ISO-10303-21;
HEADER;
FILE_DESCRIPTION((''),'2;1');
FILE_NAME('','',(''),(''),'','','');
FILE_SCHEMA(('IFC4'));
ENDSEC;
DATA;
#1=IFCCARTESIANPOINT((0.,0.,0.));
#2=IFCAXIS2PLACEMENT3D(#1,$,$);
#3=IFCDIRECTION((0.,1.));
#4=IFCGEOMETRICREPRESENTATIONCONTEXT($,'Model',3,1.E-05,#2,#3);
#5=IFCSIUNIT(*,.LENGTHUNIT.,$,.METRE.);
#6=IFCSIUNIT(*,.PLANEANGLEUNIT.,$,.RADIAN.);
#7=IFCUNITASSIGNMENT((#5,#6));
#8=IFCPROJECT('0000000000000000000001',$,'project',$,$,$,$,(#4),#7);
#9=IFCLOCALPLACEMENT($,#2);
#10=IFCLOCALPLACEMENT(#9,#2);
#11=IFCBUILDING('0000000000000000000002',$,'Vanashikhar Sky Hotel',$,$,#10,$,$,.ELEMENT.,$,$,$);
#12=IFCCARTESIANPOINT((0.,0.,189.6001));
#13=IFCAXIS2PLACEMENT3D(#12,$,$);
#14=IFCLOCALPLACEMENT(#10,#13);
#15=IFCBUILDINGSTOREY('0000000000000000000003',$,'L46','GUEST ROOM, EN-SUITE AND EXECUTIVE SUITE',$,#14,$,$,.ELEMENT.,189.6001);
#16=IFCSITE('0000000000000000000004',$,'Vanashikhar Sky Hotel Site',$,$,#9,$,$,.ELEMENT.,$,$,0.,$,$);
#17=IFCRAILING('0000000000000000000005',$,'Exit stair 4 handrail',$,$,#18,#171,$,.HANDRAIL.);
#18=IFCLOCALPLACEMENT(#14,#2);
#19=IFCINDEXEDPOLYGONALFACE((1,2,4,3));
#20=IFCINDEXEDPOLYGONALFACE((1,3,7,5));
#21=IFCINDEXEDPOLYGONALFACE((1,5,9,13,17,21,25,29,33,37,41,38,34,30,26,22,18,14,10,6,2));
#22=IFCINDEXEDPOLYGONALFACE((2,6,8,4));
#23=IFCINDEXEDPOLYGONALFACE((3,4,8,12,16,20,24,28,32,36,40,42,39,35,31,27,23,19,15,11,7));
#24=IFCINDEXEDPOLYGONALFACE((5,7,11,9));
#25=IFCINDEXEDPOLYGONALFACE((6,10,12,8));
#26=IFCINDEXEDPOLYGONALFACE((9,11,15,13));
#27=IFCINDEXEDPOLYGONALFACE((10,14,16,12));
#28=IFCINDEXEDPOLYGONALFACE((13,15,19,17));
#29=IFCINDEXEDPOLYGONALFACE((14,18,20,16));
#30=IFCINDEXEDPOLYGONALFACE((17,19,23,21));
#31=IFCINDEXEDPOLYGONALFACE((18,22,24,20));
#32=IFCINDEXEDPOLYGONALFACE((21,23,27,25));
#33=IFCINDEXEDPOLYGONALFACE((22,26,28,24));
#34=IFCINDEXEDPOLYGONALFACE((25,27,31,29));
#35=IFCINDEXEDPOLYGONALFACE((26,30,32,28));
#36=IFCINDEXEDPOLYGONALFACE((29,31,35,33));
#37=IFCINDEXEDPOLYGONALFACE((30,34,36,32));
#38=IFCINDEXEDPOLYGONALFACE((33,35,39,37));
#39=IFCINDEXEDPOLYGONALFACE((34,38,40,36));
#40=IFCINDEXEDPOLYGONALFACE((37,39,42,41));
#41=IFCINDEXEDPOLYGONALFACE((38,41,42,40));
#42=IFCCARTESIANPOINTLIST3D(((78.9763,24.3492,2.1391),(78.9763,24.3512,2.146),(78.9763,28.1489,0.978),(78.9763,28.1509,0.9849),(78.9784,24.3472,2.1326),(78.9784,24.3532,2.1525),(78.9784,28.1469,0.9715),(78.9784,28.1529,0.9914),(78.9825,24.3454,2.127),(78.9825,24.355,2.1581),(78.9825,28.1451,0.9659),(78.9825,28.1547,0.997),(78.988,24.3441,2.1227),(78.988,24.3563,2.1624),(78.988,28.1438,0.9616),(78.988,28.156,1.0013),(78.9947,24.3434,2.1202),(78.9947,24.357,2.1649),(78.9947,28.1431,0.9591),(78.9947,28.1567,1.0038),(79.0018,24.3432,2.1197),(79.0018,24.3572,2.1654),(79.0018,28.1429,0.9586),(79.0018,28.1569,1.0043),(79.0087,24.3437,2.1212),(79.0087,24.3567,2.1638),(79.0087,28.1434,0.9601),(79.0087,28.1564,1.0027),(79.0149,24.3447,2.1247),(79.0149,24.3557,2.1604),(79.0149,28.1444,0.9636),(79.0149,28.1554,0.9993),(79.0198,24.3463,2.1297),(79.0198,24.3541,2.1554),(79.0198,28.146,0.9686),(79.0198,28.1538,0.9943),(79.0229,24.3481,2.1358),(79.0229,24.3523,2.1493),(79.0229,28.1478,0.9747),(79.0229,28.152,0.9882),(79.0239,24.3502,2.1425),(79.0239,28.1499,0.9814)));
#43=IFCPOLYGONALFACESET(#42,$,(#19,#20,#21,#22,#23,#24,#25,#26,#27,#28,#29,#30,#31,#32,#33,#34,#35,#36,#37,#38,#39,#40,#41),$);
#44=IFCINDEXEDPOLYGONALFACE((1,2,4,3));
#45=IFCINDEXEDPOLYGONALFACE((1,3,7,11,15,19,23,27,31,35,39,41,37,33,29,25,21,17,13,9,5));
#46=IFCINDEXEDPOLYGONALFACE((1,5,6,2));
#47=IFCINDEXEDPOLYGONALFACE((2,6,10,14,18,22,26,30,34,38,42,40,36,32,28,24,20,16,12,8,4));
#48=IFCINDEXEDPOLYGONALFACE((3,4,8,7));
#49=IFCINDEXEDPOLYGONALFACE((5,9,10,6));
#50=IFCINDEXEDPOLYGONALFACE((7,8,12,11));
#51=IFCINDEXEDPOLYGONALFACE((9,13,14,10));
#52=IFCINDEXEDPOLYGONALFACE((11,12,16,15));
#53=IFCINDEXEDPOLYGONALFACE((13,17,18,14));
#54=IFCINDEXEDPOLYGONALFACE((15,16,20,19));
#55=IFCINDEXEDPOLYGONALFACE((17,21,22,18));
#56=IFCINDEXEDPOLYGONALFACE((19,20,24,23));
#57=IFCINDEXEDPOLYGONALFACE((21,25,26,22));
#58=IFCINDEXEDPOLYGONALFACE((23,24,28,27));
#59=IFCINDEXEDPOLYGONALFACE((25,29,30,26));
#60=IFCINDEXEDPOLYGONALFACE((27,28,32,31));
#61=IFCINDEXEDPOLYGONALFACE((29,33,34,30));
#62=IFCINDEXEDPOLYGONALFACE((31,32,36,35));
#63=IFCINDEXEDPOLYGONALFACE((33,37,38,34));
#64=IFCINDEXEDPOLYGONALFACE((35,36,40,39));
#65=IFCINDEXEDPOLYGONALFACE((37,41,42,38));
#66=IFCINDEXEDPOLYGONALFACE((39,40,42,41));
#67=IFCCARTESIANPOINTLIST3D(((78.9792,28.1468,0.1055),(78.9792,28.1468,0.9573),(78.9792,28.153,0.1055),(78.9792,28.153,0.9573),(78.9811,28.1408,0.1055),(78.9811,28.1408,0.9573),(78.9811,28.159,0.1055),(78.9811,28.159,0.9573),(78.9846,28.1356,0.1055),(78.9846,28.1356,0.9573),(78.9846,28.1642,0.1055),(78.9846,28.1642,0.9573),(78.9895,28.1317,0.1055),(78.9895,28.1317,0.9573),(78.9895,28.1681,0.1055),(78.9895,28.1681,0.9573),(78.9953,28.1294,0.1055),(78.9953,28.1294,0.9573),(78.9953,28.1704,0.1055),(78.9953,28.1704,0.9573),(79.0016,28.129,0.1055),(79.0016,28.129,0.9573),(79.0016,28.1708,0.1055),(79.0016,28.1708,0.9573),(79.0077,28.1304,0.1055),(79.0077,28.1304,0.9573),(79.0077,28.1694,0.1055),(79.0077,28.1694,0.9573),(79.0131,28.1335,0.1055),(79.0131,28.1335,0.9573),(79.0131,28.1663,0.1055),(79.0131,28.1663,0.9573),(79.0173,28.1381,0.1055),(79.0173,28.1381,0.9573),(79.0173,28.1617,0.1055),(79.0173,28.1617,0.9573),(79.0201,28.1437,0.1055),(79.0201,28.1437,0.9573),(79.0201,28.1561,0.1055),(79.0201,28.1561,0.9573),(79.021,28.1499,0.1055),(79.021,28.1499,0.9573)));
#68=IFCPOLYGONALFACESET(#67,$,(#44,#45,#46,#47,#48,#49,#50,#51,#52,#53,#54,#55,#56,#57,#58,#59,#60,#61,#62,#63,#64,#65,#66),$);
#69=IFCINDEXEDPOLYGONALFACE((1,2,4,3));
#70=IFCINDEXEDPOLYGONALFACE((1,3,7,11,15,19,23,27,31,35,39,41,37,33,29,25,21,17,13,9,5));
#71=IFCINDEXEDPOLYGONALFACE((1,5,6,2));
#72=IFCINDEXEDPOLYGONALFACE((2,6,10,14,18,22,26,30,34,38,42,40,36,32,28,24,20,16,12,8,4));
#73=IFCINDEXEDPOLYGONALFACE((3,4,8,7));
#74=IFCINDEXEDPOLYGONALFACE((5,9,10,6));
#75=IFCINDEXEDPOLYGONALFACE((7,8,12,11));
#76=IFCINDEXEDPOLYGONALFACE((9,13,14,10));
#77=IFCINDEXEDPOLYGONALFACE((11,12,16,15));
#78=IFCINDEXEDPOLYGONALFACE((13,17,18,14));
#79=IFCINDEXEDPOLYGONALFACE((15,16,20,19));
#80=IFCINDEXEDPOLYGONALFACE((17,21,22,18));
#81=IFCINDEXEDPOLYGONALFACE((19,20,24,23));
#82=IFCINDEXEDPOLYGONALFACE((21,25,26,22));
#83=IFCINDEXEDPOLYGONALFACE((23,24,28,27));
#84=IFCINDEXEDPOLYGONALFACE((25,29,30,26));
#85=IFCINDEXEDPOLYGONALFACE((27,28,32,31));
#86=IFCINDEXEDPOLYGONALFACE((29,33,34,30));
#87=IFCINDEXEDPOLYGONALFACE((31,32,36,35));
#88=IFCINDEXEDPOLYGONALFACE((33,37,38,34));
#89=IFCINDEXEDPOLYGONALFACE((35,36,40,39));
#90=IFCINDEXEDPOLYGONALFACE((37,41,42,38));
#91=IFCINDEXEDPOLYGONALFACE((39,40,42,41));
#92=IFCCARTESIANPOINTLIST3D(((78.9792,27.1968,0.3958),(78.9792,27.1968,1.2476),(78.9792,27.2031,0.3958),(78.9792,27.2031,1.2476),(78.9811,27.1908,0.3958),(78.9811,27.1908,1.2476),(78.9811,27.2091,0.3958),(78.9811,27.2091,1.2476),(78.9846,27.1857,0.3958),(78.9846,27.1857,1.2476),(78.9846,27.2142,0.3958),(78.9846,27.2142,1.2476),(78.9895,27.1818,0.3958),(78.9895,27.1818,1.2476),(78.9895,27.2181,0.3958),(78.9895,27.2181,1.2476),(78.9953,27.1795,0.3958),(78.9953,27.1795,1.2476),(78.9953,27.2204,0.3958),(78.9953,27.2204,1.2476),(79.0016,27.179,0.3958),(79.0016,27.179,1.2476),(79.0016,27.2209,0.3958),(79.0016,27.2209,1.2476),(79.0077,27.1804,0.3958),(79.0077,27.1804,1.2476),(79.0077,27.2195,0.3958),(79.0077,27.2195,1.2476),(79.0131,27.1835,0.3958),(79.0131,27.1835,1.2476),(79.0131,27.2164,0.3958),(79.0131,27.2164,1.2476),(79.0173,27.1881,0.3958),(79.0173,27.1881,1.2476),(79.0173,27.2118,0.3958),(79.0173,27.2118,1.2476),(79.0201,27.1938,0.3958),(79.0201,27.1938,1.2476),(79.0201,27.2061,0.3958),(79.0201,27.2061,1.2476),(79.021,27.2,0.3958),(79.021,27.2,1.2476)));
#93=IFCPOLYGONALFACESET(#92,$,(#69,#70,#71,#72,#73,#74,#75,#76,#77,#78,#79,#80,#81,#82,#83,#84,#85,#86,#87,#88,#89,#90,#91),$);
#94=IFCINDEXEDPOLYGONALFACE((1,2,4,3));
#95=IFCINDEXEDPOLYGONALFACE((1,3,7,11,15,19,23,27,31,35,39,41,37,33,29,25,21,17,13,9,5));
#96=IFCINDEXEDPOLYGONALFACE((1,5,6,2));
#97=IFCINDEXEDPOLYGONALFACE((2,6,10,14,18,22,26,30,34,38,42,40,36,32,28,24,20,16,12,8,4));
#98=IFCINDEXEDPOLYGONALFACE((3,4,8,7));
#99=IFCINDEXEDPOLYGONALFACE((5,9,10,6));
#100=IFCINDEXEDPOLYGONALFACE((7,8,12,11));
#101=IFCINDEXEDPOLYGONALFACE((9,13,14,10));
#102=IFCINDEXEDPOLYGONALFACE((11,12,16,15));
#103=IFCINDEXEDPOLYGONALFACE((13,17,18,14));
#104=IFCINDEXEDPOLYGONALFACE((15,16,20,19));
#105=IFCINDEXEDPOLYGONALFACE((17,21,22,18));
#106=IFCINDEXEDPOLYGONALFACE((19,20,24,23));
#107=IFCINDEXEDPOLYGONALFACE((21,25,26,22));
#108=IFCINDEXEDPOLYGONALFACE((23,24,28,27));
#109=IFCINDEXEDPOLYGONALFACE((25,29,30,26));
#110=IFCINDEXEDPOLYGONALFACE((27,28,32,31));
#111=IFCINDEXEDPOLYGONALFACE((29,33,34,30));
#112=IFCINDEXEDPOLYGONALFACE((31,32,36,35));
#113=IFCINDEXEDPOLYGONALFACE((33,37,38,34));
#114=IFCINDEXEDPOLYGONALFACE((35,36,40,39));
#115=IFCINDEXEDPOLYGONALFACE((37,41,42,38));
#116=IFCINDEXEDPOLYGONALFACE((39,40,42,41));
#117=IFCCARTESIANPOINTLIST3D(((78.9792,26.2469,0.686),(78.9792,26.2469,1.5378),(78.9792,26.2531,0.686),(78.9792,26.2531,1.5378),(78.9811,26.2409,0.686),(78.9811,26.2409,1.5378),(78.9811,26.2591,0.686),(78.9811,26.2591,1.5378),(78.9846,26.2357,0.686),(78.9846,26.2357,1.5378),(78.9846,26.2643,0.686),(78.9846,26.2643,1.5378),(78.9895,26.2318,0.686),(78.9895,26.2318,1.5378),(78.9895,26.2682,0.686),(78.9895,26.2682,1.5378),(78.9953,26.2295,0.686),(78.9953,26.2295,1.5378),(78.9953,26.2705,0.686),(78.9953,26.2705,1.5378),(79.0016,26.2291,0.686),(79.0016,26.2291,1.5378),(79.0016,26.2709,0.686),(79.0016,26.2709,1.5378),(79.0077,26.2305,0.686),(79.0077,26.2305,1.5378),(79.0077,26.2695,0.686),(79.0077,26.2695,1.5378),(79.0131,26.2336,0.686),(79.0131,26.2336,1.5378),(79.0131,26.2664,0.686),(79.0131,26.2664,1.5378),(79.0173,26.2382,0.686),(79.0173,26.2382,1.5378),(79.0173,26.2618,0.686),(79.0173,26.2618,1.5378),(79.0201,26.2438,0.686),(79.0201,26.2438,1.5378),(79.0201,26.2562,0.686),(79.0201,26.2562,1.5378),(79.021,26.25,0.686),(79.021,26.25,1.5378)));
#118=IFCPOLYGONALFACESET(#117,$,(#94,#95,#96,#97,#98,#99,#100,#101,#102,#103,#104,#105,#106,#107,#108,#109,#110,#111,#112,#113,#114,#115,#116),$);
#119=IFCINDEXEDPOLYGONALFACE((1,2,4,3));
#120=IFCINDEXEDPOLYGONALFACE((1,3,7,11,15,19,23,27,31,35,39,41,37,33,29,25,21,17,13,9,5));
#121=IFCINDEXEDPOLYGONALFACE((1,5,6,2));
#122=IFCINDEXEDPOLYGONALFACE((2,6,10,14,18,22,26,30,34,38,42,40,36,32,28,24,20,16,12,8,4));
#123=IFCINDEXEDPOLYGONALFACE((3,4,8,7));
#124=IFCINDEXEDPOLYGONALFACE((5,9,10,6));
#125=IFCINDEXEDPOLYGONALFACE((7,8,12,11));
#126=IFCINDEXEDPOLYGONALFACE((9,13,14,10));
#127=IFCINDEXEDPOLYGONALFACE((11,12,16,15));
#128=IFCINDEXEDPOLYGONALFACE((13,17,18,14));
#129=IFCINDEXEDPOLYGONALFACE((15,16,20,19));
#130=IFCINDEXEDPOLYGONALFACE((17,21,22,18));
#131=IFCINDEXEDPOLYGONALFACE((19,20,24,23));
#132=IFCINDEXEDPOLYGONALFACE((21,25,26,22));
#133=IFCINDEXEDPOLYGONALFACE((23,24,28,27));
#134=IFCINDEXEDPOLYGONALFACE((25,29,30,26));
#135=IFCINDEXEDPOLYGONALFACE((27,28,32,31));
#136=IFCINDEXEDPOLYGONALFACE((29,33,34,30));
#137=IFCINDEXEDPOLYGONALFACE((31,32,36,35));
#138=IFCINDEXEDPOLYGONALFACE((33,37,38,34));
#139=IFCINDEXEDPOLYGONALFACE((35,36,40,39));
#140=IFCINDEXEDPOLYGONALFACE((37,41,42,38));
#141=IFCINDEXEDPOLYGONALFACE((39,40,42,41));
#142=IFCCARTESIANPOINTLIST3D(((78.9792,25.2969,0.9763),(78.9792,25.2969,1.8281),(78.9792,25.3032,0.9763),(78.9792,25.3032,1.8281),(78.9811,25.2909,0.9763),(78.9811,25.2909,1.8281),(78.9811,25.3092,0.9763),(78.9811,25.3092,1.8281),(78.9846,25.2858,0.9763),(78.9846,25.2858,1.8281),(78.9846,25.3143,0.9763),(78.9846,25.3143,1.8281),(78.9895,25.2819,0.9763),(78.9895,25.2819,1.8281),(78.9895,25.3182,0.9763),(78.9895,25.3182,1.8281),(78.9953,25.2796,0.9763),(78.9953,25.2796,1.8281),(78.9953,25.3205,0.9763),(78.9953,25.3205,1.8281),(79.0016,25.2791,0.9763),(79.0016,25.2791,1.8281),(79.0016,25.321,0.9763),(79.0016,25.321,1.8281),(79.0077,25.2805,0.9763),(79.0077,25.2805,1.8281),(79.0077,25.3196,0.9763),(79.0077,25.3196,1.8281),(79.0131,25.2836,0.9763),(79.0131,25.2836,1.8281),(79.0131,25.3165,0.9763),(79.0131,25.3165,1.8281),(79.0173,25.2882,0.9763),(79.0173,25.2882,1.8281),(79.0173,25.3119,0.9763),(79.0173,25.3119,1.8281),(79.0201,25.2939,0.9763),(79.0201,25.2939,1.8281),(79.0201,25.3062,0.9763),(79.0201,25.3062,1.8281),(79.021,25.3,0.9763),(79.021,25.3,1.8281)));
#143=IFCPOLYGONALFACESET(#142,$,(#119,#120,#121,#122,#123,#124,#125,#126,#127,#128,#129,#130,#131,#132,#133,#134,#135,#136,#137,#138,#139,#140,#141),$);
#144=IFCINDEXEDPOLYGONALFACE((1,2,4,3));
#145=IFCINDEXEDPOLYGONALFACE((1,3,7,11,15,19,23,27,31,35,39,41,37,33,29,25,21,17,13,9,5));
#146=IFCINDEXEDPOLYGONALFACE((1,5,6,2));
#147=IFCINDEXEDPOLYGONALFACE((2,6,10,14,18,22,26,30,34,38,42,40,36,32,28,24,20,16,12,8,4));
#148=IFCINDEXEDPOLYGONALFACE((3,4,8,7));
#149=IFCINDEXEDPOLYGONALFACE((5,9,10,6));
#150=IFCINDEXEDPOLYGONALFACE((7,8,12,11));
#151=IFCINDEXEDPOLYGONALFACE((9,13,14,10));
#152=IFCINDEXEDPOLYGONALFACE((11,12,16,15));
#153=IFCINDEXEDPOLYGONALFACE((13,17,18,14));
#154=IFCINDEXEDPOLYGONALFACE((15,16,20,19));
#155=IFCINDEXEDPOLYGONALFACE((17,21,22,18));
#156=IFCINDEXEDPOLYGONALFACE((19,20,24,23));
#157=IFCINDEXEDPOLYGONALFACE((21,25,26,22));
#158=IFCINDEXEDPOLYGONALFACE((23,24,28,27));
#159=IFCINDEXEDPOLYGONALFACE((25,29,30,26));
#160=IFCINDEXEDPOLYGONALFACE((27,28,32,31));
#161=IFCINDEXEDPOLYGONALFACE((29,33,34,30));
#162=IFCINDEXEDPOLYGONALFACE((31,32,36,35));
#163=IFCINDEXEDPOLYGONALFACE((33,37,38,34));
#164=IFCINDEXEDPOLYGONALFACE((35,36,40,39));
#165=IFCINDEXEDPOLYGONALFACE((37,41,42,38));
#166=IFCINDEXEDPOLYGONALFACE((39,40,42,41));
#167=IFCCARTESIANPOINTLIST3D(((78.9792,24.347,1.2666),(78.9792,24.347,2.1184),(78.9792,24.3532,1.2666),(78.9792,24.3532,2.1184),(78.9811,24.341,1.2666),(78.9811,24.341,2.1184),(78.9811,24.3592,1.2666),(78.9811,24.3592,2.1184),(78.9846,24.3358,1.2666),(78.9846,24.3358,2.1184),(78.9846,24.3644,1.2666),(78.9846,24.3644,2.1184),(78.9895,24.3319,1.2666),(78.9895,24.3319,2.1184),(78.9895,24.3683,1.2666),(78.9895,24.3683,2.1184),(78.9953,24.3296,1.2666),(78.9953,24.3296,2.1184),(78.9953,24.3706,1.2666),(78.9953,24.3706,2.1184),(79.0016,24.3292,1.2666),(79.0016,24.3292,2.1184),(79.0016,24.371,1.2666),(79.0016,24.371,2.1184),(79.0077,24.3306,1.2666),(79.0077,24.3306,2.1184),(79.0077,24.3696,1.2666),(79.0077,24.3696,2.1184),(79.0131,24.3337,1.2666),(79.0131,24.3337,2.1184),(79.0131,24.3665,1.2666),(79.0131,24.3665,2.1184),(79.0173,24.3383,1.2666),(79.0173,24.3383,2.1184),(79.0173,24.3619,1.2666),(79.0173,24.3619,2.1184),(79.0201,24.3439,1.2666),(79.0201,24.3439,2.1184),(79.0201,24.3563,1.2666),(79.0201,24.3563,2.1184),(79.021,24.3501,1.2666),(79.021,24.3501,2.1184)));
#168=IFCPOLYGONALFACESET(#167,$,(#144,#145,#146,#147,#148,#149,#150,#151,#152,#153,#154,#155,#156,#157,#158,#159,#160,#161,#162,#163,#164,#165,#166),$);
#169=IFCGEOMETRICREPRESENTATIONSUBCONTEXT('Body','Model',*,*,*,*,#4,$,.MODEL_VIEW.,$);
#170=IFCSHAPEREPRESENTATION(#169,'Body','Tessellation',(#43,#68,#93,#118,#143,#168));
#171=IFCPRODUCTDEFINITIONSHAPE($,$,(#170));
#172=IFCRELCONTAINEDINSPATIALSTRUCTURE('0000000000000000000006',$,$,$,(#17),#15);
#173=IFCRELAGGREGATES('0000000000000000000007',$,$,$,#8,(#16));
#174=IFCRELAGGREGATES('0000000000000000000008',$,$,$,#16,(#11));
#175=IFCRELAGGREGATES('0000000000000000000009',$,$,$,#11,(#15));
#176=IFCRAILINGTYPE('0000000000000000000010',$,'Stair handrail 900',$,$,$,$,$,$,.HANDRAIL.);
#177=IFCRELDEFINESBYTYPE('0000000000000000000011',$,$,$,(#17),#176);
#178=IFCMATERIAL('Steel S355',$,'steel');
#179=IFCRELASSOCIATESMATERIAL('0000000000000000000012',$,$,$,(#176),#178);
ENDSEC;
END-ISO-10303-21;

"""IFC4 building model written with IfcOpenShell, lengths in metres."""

from ifc_helpers import new_model, si_unit, direction, frame, origin, origin_2d, place, context, subcontext, project, spatial, circle, extrude, source, transform, mapped, material, type_object, element, save


model = new_model("IFC4")

# Units and contexts
model_context = context("Model", 3, precision=1e-05, world=origin(), true_north=direction((0.0, 1.0)))
body_context = subcontext(model_context, "Body", "Model", "MODEL_VIEW")
ifc_project = project(units=[si_unit("LENGTHUNIT", "METRE"), si_unit("PLANEANGLEUNIT", "RADIAN")], contexts=[model_context])

# Site, building, storey
site_placement = place(None, origin())
site = spatial("IfcSite", under=ifc_project, at=site_placement, Name="Vanashikhar Sky Hotel Site", CompositionType="ELEMENT", RefElevation=0.0)
building_placement = place(site_placement, origin())
building = spatial("IfcBuilding", under=site, at=building_placement, Name="Vanashikhar Sky Hotel", CompositionType="ELEMENT")
storey_placement = place(building_placement, frame((0.0, 0.0, 189.6001)))
storey = spatial("IfcBuildingStorey", under=building, at=storey_placement, Name="L46", Description="GUEST ROOM, EN-SUITE AND EXECUTIVE SUITE", CompositionType="ELEMENT", Elevation=189.6001)

# Railing
ifc_material_1 = material(Name="Steel S355", Category="steel")
railing_type_1 = type_object("IfcRailingType", Name="Stair handrail 900", PredefinedType="HANDRAIL", material=ifc_material_1)
shared_shape_1 = source(origin(), body_context, "Body", "SweptSolid", [
    extrude(circle(Radius=0.0239, at=origin_2d()), frame((0.0, 0.0, 0.876), z_axis=(0.0, -0.956346, 0.292237), x_axis=(1.0, 0.0, 0.0)), (0.0, 0.0, 1.0), 3.9731),
    extrude(circle(Radius=0.021, at=origin_2d()), origin(), (0.0, 0.0, 1.0), 0.8518),
    extrude(circle(Radius=0.021, at=origin_2d()), frame((0.0, -0.95, 0.2903)), (0.0, 0.0, 1.0), 0.8518),
    extrude(circle(Radius=0.021, at=origin_2d()), frame((0.0, -1.8999, 0.5806)), (0.0, 0.0, 1.0), 0.8518),
    extrude(circle(Radius=0.021, at=origin_2d()), frame((0.0, -2.8499, 0.8708)), (0.0, 0.0, 1.0), 0.8518),
    extrude(circle(Radius=0.021, at=origin_2d()), frame((0.0, -3.7998, 1.1611)), (0.0, 0.0, 1.0), 0.8518),
])
for number, where, name in (
    (1, (79.0, 28.1499, 0.1055), "Exit stair 4 handrail"),
):
    element("IfcRailing", number, at=place(storey_placement, frame(where)), inside=storey, type_object=railing_type_1, Name=name, PredefinedType="HANDRAIL", context=body_context, shape_type="MappedRepresentation", body=[
        mapped(shared_shape_1, transform((0.0, 0.0, 0.0), scale=1.0)),
    ])

save(model, "model.ifc")
